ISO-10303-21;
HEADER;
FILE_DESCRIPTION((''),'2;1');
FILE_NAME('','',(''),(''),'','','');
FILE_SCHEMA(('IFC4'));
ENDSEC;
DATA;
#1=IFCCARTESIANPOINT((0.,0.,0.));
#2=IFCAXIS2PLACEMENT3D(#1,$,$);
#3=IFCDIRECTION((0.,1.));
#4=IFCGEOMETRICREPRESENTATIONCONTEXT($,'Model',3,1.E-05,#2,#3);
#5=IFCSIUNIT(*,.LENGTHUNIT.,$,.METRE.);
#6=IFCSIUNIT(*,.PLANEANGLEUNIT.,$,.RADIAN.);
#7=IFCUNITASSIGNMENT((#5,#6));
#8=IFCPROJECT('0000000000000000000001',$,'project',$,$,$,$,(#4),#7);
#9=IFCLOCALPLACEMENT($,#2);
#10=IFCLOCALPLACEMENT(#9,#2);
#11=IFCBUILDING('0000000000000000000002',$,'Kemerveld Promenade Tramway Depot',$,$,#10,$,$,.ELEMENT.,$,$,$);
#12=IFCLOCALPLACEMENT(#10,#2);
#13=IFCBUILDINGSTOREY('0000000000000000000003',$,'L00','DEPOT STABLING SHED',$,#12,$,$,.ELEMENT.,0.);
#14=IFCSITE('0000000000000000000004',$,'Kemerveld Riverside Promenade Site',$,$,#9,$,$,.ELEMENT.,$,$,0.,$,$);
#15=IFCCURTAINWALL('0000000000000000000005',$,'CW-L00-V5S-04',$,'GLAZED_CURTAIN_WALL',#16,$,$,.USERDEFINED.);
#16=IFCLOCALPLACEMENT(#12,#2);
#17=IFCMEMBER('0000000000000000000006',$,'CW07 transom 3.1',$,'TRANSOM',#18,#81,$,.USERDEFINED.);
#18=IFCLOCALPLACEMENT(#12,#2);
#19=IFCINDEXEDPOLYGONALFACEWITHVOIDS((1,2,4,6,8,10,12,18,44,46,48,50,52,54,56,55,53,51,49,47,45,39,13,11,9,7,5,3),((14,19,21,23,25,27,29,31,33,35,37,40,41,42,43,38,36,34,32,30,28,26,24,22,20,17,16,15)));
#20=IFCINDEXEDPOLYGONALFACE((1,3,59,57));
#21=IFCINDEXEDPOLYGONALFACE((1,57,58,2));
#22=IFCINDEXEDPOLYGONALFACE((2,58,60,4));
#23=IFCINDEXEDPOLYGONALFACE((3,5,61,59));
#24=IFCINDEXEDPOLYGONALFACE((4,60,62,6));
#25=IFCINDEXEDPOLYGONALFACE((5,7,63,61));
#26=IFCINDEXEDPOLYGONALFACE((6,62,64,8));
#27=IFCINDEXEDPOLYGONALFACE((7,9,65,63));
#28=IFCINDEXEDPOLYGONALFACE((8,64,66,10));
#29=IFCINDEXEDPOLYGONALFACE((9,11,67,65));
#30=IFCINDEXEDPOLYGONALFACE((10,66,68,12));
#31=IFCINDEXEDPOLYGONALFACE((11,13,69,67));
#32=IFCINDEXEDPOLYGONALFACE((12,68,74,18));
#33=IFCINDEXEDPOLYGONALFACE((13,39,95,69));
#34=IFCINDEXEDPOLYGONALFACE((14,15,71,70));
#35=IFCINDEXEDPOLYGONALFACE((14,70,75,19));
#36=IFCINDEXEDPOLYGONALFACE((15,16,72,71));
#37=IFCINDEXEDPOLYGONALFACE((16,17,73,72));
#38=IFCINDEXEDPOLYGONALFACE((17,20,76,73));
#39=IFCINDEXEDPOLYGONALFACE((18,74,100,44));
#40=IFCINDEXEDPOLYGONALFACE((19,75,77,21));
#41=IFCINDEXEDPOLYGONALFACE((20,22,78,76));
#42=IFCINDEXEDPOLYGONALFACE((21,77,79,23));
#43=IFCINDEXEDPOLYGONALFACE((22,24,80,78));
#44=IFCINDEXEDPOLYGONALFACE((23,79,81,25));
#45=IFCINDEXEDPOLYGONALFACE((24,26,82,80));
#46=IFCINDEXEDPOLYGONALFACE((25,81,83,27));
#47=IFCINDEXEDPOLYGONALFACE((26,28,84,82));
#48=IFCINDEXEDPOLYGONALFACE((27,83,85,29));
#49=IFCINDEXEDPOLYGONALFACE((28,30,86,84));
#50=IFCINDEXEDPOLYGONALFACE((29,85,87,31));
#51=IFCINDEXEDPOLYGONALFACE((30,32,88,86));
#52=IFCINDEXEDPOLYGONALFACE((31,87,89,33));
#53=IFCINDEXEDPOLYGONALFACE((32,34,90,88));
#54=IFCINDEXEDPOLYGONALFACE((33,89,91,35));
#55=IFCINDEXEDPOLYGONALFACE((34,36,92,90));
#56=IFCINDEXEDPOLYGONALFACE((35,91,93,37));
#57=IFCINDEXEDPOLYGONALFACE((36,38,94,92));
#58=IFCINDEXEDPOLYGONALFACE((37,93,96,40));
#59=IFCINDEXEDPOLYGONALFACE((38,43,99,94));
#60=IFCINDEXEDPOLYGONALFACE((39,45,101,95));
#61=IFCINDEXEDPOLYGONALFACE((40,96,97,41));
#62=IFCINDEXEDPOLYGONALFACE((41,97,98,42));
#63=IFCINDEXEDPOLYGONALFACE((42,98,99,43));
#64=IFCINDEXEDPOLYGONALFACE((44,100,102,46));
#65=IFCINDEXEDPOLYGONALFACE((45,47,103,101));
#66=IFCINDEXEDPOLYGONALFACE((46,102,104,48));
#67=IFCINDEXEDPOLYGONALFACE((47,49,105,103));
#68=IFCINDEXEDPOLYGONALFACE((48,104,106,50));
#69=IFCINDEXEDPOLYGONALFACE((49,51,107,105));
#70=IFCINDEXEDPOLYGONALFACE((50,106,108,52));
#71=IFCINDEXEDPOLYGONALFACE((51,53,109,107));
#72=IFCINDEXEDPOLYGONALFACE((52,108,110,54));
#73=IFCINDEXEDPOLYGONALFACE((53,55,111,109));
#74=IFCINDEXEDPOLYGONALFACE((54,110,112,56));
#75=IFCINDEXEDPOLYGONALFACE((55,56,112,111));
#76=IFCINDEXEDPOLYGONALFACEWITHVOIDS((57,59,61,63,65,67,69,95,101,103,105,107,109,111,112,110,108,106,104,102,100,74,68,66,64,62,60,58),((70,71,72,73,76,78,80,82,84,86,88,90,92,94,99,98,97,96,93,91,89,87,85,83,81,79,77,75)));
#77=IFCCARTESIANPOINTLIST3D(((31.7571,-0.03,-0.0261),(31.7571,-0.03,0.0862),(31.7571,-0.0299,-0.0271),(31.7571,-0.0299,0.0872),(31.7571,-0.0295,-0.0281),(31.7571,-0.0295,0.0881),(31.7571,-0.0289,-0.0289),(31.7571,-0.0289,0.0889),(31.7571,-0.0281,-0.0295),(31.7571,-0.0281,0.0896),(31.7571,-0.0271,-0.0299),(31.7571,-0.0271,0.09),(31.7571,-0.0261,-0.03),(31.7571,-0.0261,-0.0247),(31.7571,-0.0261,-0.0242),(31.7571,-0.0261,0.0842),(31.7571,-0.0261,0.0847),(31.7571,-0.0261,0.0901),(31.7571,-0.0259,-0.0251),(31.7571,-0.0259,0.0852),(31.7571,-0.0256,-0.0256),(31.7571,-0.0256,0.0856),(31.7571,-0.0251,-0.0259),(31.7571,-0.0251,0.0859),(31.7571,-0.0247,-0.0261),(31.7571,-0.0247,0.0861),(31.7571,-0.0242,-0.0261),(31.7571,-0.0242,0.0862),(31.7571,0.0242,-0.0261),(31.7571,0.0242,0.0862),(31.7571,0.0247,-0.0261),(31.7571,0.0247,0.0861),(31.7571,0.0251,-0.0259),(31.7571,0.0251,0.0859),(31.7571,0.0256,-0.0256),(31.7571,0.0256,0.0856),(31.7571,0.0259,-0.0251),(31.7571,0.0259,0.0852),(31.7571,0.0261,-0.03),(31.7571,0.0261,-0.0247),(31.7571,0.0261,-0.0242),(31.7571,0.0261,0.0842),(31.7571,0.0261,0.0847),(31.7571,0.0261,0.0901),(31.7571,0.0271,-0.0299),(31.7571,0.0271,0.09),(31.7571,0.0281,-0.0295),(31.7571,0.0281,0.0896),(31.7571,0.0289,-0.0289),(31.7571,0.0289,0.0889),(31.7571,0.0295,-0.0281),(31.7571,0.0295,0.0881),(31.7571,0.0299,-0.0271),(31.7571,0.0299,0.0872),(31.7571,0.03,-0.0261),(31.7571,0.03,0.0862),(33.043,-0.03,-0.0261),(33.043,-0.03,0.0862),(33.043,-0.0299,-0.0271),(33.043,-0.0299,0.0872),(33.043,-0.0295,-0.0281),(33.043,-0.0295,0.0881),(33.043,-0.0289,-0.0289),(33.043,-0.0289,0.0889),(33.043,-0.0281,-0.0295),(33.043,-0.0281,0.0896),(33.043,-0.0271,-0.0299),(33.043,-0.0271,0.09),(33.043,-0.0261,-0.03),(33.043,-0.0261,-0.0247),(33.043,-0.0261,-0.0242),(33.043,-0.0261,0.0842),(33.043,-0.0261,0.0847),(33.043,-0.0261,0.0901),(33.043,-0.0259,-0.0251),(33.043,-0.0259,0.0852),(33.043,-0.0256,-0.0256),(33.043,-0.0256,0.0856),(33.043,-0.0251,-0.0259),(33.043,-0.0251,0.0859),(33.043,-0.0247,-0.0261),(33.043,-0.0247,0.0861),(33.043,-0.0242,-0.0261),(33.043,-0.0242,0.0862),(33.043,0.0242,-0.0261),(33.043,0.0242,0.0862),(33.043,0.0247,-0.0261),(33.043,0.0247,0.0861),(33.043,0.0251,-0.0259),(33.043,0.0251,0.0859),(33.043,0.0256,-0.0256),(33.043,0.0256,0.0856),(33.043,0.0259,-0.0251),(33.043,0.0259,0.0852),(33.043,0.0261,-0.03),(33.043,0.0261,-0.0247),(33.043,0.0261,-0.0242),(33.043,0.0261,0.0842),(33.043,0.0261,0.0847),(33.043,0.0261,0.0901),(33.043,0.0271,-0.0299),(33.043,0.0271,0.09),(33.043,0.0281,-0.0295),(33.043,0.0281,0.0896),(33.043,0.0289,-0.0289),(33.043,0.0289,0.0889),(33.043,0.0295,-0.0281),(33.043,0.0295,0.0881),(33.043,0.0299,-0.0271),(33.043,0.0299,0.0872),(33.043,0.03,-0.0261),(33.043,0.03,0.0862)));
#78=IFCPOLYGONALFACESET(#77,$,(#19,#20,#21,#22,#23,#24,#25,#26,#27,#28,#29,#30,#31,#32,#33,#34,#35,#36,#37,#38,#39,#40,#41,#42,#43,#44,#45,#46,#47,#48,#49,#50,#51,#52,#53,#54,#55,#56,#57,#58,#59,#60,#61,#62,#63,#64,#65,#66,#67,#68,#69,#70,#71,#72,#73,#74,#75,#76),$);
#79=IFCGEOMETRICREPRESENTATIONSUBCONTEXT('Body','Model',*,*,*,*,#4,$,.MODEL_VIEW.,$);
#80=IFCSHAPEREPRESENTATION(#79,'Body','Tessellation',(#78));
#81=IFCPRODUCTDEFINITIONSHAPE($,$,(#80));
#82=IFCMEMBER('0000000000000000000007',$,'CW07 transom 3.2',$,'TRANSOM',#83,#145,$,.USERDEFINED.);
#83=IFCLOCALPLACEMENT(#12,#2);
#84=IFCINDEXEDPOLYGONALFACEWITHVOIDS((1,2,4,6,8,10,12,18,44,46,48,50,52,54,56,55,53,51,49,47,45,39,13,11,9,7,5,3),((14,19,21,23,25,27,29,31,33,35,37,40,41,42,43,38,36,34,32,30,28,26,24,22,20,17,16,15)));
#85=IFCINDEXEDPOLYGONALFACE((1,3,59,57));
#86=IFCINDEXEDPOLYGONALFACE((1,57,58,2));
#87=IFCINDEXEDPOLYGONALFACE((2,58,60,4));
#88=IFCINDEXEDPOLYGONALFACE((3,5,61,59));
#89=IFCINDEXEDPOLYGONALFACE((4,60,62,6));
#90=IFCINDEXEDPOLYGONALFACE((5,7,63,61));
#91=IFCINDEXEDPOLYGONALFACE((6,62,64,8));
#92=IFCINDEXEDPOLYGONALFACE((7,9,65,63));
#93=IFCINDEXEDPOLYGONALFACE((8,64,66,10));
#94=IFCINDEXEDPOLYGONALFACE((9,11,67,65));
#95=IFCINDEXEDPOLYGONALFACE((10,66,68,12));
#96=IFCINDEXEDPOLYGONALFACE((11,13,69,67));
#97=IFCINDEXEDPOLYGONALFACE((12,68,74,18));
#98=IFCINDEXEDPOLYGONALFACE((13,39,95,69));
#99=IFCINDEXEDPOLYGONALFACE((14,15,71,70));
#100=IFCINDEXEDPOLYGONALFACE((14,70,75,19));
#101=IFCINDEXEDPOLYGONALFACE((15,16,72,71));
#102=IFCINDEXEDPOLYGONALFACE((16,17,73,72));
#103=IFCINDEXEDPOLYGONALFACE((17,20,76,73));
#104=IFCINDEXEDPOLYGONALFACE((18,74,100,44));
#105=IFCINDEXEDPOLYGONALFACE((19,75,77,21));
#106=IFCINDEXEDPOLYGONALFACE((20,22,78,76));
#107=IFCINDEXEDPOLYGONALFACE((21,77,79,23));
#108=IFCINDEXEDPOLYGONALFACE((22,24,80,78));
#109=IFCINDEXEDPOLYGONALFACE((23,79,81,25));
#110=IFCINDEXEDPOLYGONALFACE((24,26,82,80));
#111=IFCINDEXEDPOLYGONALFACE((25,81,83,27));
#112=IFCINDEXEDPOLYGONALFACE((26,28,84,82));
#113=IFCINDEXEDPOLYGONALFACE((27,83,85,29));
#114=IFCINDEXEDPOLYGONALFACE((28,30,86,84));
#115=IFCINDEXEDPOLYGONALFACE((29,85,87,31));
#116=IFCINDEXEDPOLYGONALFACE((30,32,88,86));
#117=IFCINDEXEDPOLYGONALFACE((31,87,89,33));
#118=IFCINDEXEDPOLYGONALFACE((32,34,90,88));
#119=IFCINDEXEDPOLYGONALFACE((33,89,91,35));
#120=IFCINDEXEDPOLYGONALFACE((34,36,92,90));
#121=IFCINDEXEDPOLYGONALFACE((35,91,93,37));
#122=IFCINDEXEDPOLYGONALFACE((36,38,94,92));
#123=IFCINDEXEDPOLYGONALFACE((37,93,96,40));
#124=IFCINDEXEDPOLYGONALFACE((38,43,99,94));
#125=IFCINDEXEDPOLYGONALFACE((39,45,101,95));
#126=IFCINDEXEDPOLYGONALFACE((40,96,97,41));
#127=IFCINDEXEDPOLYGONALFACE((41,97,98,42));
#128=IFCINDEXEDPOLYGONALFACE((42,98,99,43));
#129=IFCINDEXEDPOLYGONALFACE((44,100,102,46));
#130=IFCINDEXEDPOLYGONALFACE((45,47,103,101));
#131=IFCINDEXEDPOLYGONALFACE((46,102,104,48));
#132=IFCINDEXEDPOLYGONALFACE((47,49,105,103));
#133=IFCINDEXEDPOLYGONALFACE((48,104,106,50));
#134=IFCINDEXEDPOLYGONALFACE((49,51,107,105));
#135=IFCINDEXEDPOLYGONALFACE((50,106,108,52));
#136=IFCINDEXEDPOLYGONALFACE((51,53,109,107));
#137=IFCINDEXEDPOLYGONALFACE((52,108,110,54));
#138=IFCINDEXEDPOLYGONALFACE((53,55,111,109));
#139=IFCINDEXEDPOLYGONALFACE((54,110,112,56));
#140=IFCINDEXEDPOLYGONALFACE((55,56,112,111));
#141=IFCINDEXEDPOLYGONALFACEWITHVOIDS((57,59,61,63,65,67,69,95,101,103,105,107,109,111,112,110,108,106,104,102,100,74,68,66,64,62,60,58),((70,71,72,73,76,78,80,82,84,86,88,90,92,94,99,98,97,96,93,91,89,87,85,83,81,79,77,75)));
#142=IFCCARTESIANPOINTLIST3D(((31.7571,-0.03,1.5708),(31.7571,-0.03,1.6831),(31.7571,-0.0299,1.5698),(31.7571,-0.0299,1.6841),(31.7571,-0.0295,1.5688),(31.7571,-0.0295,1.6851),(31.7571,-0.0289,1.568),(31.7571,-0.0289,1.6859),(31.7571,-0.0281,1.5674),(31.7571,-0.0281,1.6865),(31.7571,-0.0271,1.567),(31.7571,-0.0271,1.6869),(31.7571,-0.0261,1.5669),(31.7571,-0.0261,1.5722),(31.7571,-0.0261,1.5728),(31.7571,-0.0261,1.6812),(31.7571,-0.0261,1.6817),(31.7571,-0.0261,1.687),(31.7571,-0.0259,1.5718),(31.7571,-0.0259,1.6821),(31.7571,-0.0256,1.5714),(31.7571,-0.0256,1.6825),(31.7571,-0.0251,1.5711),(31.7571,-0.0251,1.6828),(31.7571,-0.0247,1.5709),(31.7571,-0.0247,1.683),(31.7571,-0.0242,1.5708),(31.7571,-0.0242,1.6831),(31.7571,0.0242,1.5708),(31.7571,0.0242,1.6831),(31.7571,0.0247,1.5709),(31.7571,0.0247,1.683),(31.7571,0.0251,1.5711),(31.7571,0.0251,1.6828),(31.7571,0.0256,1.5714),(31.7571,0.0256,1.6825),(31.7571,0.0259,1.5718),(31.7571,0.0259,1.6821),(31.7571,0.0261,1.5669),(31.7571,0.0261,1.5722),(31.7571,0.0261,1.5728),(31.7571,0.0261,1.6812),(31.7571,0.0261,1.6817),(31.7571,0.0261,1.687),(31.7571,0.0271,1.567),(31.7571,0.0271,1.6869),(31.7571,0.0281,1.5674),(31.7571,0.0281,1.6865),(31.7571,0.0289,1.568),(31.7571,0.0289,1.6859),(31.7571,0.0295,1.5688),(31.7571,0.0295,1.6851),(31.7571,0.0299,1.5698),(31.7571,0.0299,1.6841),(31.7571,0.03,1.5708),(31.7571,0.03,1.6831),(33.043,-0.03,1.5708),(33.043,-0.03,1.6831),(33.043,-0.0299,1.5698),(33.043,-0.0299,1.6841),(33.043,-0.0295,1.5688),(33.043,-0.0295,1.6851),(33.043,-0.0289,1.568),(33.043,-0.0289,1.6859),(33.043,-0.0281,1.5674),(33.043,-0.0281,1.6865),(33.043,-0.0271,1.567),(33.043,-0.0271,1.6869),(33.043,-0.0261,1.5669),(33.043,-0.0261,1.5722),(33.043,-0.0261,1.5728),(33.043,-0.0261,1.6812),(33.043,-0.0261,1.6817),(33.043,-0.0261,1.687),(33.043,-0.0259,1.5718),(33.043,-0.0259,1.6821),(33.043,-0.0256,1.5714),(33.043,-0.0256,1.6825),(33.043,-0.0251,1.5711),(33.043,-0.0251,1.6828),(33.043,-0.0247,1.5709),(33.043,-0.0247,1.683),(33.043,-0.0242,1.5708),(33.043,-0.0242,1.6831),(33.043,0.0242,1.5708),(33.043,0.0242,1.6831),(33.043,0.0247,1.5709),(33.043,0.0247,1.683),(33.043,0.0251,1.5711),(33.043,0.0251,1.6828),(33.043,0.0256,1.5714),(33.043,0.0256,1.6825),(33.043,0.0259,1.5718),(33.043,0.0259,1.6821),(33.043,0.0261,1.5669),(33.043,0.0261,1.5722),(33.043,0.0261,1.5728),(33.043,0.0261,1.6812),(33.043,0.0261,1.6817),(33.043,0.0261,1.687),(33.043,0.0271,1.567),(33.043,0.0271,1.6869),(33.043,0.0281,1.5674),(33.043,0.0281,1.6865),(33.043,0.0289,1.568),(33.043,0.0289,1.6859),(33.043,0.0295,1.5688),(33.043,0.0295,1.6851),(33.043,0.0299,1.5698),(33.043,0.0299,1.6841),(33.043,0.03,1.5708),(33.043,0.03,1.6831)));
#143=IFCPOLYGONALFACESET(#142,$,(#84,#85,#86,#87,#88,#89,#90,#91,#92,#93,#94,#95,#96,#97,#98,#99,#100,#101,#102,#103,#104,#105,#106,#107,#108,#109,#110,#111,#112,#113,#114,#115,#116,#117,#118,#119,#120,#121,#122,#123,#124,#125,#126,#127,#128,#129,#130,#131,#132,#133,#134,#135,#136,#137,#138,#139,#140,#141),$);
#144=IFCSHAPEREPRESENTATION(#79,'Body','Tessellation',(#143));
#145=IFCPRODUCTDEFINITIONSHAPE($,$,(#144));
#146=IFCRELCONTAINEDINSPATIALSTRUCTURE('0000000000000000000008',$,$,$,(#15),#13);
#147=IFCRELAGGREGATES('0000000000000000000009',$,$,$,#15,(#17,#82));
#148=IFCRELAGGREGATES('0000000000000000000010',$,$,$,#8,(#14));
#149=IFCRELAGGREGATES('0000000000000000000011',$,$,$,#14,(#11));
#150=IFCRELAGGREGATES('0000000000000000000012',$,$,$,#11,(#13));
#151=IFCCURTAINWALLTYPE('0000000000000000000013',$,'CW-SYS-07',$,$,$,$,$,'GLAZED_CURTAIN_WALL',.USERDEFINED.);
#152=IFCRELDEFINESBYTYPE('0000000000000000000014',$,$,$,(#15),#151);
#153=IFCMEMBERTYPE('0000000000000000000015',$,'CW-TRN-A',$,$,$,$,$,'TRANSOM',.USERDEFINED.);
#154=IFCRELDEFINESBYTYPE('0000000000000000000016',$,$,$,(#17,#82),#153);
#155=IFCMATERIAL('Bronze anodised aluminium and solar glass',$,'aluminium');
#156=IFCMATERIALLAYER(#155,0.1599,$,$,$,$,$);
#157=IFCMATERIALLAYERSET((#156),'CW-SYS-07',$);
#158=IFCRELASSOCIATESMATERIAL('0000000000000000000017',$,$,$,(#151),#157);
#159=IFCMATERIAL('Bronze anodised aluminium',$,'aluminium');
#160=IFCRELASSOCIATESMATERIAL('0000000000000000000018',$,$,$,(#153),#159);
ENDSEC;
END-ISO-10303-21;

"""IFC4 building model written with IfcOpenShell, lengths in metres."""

from ifc_helpers import new_model, si_unit, direction, frame, origin, origin_2d, place, context, subcontext, project, spatial, hollow_rectangle, extrude, material, layer, layer_set, material_profile, profile_set, type_object, element, aggregate, save


model = new_model("IFC4")

# Units and contexts
model_context = context("Model", 3, precision=1e-05, world=origin(), true_north=direction((0.0, 1.0)))
body_context = subcontext(model_context, "Body", "Model", "MODEL_VIEW")
ifc_project = project(units=[si_unit("LENGTHUNIT", "METRE"), si_unit("PLANEANGLEUNIT", "RADIAN")], contexts=[model_context])

# Site, building, storey
site_placement = place(None, origin())
site = spatial("IfcSite", under=ifc_project, at=site_placement, Name="Kemerveld Riverside Promenade Site", CompositionType="ELEMENT", RefElevation=0.0)
building_placement = place(site_placement, origin())
building = spatial("IfcBuilding", under=site, at=building_placement, Name="Kemerveld Promenade Tramway Depot", CompositionType="ELEMENT")
storey_placement = place(building_placement, origin())
storey = spatial("IfcBuildingStorey", under=building, at=storey_placement, Name="L00", Description="DEPOT STABLING SHED", CompositionType="ELEMENT", Elevation=0.0)

# Curtain wall, members
ifc_material_1 = material(Name="Bronze anodised aluminium and solar glass", Category="aluminium")
ifc_layer_1 = layer(ifc_material_1, 0.1599)
ifc_layer_set_1 = layer_set([ifc_layer_1], Name="CW-SYS-07")
curtain_wall_type = type_object("IfcCurtainWallType", Name="CW-SYS-07", ElementType="GLAZED_CURTAIN_WALL", PredefinedType="USERDEFINED", material=ifc_layer_set_1)
curtain_wall_placement = place(storey_placement, origin())
curtain_wall = element("IfcCurtainWall", 1, at=curtain_wall_placement, inside=storey, type_object=curtain_wall_type, Name="CW-L00-V5S-04", ObjectType="GLAZED_CURTAIN_WALL", PredefinedType="USERDEFINED")
ifc_material_2 = material(Name="Bronze anodised aluminium", Category="aluminium")
ifc_material_profile_1 = material_profile(ifc_material_2, hollow_rectangle(XDim=0.0601, YDim=0.1201, WallThickness=0.0039, InnerFilletRadius=0.002, OuterFilletRadius=0.0039, at=origin_2d()), Name="CW-TRN-120x60")
ifc_profile_set_1 = profile_set([ifc_material_profile_1], Name="Bronze anodised aluminium")
member_type_1 = type_object("IfcMemberType", Name="CW-TRN-A", ElementType="TRANSOM", PredefinedType="USERDEFINED", material=ifc_profile_set_1)
member_1_placement = place(storey_placement, frame((33.043, 0.0, 0.03), z_axis=(-1.0, 0.0, 0.0), x_axis=(0.0, -1.0, 0.0)))
member_1 = element("IfcMember", 2, at=member_1_placement, type_object=member_type_1, Name="CW07 transom 3.1", ObjectType="TRANSOM", PredefinedType="USERDEFINED", context=body_context, shape_type="SweptSolid", body=[
    extrude(hollow_rectangle(XDim=0.0601, YDim=0.1201, WallThickness=0.0039, InnerFilletRadius=0.002, OuterFilletRadius=0.0039, at=origin_2d()), origin(), (0.0, 0.0, 1.0), 1.2859),
])
member_2_placement = place(storey_placement, frame((33.043, 0.0, 1.627), z_axis=(-1.0, 0.0, 0.0), x_axis=(0.0, -1.0, 0.0)))
member_2 = element("IfcMember", 3, at=member_2_placement, type_object=member_type_1, Name="CW07 transom 3.2", ObjectType="TRANSOM", PredefinedType="USERDEFINED", context=body_context, shape_type="SweptSolid", body=[
    extrude(hollow_rectangle(XDim=0.0601, YDim=0.1201, WallThickness=0.0039, InnerFilletRadius=0.002, OuterFilletRadius=0.0039, at=origin_2d()), origin(), (0.0, 0.0, 1.0), 1.2859),
])
aggregate(curtain_wall, [member_1, member_2])

save(model, "model.ifc")
